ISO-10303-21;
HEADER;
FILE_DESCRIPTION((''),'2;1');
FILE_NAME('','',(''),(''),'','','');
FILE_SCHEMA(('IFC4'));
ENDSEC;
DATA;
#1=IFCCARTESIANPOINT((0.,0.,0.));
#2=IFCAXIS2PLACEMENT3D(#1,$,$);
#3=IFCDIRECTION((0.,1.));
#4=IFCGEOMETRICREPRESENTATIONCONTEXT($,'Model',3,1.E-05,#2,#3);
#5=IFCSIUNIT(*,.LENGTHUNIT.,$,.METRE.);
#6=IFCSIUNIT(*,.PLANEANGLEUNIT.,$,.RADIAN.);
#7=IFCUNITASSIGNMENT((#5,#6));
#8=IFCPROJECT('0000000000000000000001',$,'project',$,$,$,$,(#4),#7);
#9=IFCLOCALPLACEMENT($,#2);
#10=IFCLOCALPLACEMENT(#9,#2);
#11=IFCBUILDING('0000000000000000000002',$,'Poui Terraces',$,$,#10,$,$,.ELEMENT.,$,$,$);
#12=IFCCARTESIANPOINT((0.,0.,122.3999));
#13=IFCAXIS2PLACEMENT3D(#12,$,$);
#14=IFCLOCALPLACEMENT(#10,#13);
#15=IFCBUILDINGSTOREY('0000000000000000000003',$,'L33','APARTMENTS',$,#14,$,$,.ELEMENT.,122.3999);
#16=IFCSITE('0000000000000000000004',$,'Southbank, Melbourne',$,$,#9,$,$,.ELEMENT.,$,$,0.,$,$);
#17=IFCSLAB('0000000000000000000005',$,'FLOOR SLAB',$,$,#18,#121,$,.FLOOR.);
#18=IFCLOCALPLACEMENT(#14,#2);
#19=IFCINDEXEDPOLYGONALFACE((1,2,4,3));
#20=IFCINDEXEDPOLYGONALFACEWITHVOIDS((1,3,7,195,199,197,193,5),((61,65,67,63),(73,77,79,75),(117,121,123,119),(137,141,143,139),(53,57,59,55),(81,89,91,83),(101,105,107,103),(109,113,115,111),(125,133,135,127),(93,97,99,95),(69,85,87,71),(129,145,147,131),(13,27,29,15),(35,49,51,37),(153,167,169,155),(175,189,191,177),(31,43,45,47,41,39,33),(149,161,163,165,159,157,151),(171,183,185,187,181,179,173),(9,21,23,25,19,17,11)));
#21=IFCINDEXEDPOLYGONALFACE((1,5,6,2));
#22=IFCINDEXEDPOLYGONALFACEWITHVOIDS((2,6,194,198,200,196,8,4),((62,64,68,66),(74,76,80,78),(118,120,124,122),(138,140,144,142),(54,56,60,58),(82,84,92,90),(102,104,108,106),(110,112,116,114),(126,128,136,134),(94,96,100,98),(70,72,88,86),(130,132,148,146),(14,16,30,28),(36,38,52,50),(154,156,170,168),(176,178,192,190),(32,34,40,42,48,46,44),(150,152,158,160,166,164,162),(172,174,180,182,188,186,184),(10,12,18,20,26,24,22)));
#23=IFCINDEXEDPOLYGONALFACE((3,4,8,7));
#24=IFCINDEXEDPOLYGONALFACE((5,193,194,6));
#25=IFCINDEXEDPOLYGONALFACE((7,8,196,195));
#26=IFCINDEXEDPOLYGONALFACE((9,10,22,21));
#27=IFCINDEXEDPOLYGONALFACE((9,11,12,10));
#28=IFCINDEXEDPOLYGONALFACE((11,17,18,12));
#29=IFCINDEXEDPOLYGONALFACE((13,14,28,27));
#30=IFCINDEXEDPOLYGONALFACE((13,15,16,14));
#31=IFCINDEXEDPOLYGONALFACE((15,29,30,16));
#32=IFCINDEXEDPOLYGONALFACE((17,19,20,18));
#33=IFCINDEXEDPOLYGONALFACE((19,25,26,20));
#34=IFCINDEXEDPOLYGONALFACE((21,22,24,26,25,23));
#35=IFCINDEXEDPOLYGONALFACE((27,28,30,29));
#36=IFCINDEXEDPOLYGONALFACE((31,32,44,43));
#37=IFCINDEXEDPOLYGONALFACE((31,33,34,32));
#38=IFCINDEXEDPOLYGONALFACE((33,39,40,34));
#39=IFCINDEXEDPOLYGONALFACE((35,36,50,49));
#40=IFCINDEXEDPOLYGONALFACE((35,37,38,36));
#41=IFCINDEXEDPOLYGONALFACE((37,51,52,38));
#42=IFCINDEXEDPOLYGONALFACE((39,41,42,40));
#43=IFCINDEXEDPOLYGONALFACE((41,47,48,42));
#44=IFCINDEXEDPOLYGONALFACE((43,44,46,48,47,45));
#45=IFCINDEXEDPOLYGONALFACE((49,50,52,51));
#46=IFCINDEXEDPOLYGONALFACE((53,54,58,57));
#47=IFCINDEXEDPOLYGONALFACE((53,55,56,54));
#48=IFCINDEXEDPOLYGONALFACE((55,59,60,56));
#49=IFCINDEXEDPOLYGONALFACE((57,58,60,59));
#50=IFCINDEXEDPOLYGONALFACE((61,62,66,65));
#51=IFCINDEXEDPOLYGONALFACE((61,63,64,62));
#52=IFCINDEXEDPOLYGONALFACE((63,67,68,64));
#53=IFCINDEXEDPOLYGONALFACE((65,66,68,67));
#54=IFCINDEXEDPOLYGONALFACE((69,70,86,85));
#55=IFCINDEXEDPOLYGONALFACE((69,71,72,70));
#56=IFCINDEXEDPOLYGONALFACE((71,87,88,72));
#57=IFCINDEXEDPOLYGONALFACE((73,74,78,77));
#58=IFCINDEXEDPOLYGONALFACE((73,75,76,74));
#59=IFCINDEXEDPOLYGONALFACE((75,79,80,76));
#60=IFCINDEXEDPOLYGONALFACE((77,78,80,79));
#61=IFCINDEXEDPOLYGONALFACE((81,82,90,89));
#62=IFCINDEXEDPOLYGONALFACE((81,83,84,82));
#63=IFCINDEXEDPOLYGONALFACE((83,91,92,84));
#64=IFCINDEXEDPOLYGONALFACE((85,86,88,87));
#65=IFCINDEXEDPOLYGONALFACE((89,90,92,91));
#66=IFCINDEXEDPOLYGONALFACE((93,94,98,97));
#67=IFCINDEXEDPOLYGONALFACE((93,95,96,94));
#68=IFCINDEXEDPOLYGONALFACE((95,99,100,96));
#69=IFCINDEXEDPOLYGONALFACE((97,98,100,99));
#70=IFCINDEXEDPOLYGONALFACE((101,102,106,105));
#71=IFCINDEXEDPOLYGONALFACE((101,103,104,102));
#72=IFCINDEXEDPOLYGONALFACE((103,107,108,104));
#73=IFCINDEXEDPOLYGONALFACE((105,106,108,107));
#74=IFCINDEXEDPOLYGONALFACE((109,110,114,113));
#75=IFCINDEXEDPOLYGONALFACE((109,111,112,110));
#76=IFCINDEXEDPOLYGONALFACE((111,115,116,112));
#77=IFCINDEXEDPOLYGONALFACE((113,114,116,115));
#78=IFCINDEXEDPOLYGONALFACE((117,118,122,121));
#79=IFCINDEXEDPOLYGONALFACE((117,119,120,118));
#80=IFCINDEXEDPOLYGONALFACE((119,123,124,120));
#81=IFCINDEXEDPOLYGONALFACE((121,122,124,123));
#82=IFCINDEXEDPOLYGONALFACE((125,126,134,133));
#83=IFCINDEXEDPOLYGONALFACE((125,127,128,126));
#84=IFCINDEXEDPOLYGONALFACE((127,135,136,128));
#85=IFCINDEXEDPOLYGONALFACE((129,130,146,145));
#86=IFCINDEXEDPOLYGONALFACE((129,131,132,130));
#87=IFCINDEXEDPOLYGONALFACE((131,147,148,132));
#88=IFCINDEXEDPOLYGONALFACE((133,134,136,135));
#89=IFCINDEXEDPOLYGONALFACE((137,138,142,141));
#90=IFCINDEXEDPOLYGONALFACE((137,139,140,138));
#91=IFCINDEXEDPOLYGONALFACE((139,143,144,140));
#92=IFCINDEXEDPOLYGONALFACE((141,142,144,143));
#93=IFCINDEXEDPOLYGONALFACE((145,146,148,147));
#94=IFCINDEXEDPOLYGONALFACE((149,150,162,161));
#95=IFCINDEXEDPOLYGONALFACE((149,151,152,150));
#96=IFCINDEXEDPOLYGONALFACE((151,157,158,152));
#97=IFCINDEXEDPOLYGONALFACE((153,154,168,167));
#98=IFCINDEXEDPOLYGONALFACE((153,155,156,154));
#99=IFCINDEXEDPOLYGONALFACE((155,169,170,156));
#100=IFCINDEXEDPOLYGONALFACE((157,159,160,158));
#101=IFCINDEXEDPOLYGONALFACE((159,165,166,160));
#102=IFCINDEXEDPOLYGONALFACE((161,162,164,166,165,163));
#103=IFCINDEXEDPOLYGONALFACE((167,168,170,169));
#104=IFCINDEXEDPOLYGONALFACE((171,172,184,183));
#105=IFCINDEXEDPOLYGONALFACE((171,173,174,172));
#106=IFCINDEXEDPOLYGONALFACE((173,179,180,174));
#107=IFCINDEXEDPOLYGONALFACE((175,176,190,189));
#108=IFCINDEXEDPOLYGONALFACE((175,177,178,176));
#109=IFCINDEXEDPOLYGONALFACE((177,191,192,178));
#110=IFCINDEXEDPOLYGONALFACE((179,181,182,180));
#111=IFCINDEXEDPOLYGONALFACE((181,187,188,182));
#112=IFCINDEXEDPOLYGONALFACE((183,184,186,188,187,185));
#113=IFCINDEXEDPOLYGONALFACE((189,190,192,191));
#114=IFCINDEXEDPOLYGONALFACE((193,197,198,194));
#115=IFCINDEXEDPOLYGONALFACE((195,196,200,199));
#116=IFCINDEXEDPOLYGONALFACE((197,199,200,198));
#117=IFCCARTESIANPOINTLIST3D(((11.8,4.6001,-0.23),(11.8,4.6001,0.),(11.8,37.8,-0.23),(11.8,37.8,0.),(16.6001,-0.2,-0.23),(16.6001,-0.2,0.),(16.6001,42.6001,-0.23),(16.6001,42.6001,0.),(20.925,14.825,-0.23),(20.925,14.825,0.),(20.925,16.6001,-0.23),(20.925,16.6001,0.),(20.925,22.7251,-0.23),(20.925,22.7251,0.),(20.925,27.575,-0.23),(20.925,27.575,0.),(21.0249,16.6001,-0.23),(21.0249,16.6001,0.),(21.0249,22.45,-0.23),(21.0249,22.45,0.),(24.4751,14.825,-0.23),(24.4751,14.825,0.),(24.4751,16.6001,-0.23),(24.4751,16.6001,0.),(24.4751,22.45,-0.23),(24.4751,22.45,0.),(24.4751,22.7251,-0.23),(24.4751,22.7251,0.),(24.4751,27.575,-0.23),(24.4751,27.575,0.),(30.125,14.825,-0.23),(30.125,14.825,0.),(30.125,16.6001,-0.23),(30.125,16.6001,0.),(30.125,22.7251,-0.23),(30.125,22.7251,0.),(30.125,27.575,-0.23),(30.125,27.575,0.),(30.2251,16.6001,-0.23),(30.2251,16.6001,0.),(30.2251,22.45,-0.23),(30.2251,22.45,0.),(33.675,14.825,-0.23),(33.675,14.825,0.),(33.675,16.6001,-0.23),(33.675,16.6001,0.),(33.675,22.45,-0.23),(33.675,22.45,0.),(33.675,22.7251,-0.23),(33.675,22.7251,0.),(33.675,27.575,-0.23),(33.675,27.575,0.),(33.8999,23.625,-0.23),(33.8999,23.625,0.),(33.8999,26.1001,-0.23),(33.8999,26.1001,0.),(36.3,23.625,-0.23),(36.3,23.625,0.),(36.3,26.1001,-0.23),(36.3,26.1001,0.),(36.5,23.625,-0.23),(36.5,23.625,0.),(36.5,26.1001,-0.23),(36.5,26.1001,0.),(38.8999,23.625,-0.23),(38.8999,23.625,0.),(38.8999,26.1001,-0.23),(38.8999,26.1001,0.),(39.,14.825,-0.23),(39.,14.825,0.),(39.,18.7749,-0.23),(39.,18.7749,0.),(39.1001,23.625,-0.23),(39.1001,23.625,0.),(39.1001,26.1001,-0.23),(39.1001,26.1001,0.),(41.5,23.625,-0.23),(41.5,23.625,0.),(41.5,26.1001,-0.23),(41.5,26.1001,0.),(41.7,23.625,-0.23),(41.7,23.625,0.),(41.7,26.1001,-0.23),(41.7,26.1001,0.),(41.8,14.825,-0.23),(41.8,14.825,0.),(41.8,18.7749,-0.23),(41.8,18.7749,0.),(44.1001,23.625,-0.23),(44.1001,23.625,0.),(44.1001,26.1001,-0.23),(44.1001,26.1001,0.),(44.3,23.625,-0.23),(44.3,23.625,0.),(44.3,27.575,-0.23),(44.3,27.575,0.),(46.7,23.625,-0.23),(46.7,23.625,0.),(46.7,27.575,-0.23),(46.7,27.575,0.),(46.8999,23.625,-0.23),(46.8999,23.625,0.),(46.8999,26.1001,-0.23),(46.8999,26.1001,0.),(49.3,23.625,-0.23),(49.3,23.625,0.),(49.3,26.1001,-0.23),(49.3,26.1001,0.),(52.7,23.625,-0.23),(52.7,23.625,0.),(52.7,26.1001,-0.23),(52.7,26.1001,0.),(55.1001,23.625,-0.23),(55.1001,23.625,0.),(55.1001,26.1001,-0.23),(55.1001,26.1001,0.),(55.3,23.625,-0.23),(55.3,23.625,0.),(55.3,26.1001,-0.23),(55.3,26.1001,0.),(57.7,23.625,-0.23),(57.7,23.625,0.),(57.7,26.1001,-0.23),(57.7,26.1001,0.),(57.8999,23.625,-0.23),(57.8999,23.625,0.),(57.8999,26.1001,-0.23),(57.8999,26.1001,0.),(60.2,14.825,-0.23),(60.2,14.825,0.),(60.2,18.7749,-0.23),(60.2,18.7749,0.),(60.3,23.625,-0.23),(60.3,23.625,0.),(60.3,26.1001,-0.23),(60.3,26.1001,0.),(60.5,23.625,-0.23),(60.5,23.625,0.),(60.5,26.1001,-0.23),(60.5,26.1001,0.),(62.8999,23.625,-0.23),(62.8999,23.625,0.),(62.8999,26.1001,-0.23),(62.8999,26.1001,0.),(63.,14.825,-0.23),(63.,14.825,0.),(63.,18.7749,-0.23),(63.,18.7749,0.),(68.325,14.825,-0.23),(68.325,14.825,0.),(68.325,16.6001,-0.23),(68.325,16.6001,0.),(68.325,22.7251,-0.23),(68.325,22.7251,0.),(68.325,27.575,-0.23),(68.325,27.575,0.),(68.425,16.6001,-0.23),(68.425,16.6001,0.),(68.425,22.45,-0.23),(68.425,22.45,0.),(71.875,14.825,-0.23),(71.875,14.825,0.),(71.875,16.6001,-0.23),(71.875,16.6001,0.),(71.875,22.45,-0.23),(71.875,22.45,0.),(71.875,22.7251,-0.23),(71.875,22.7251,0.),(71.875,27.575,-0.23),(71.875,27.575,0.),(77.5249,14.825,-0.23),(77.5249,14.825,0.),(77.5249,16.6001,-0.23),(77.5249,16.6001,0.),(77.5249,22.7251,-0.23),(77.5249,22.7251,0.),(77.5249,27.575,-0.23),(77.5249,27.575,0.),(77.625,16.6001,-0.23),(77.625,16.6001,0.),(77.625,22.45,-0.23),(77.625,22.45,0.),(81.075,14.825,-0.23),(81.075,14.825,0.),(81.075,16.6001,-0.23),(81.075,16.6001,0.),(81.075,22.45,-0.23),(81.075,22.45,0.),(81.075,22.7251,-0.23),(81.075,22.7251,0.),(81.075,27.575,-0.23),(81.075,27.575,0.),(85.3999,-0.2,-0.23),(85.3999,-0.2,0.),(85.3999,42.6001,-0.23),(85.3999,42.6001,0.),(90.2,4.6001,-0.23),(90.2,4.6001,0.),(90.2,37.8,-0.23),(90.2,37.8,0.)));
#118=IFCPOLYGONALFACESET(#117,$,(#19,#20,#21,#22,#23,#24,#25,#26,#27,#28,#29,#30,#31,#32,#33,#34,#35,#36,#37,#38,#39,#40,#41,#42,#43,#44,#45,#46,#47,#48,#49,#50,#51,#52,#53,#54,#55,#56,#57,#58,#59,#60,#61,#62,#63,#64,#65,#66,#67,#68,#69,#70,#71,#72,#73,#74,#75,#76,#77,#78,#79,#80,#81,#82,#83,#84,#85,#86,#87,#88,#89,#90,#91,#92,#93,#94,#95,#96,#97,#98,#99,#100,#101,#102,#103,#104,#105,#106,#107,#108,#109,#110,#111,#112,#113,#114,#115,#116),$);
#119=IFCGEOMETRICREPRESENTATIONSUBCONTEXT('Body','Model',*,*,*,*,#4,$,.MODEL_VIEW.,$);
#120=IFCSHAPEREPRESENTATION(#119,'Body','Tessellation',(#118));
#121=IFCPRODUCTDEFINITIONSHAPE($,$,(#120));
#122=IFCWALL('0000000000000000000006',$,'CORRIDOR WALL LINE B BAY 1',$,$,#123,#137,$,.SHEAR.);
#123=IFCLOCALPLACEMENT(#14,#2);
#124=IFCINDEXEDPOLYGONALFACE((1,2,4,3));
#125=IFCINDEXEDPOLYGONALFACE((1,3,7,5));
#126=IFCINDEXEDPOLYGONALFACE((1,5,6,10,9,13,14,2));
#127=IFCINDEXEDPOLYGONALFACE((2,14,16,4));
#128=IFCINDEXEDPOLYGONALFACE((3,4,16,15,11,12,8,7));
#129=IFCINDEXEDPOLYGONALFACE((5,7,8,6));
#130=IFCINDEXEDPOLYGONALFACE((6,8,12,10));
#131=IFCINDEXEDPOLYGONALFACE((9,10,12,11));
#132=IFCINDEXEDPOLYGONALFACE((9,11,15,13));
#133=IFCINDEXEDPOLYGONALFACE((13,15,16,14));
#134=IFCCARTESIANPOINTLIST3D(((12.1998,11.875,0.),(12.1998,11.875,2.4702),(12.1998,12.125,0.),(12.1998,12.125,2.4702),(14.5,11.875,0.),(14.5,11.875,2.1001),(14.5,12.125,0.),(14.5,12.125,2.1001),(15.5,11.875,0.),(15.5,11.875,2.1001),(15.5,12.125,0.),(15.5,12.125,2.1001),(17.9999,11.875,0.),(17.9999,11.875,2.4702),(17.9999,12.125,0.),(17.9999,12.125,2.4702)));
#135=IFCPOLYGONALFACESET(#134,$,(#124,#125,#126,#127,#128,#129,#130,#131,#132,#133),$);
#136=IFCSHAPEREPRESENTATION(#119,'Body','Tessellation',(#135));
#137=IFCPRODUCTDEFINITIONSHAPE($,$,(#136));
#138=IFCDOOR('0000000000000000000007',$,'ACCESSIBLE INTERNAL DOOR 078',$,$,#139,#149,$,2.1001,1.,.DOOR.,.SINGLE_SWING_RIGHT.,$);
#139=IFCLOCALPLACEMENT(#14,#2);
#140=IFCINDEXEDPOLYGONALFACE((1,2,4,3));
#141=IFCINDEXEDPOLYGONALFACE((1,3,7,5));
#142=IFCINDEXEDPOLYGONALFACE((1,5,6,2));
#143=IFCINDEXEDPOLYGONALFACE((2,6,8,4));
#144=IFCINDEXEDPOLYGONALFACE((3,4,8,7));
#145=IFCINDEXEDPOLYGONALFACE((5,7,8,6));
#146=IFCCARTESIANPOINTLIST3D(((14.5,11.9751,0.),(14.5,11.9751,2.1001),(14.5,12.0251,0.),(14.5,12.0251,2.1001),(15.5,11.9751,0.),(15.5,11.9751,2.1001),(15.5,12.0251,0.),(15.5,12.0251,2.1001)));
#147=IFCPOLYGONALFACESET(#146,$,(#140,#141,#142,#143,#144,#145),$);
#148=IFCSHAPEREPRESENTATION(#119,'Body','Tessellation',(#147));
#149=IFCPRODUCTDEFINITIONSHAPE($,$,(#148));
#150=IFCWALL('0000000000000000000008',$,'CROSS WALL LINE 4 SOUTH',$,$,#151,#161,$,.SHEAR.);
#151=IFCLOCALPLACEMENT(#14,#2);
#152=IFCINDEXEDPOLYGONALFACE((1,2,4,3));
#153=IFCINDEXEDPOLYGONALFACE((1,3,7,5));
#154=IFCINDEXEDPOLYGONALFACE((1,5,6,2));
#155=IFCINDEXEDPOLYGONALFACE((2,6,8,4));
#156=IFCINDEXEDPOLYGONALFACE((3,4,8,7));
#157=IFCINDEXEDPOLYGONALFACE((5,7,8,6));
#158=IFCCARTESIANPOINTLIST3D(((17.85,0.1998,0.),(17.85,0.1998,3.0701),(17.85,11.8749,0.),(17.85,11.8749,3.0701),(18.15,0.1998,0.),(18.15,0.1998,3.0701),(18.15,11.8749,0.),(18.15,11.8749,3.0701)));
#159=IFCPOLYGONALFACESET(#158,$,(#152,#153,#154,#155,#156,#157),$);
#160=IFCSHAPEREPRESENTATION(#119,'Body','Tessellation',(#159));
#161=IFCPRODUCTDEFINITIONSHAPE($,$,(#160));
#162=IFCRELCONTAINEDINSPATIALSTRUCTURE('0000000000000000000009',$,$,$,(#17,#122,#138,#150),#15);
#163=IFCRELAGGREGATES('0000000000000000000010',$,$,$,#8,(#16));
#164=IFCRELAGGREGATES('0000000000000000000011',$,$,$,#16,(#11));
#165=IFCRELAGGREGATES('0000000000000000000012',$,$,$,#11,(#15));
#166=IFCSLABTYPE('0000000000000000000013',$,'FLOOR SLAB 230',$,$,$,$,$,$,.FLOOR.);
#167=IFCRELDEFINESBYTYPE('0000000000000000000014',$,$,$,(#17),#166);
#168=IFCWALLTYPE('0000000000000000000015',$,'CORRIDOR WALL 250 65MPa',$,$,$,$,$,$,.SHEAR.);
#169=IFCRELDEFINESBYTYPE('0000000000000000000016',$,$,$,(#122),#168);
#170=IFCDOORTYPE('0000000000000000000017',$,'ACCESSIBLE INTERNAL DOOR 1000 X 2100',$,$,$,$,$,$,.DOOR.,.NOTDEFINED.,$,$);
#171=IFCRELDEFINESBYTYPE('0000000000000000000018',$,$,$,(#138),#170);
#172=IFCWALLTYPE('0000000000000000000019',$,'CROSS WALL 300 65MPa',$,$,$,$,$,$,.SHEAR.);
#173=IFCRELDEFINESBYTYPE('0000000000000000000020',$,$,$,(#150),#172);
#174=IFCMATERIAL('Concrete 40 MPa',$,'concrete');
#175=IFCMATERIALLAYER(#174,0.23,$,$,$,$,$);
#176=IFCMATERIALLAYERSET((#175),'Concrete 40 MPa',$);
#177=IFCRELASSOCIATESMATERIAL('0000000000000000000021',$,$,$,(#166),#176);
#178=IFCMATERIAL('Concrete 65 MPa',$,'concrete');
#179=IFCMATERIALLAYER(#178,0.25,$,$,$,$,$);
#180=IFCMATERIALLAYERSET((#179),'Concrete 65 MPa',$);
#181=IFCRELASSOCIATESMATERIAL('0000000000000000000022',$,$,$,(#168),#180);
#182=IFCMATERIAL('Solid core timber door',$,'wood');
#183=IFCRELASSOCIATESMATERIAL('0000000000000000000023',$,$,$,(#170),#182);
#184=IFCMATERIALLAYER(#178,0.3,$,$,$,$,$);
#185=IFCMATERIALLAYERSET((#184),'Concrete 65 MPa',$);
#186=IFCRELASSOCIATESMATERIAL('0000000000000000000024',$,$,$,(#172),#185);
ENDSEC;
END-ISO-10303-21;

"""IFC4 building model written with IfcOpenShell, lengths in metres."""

from ifc_helpers import new_model, si_unit, direction, frame, frame_2d, origin, place, context, subcontext, project, spatial, polyline, rectangle, outline, extrude, source, transform, mapped, material, layer, layer_set, type_object, element, fill, save


model = new_model("IFC4")

# Units and contexts
model_context = context("Model", 3, precision=1e-05, world=origin(), true_north=direction((0.0, 1.0)))
body_context = subcontext(model_context, "Body", "Model", "MODEL_VIEW")
ifc_project = project(units=[si_unit("LENGTHUNIT", "METRE"), si_unit("PLANEANGLEUNIT", "RADIAN")], contexts=[model_context])

# Site, building, storey
site_placement = place(None, origin())
site = spatial("IfcSite", under=ifc_project, at=site_placement, Name="Southbank, Melbourne", CompositionType="ELEMENT", RefElevation=0.0)
building_placement = place(site_placement, origin())
building = spatial("IfcBuilding", under=site, at=building_placement, Name="Poui Terraces", CompositionType="ELEMENT")
storey_placement = place(building_placement, frame((0.0, 0.0, 122.3999)))
storey = spatial("IfcBuildingStorey", under=building, at=storey_placement, Name="L33", Description="APARTMENTS", CompositionType="ELEMENT", Elevation=122.3999)

# Shared definitions
ifc_material_1 = material(Name="Concrete 65 MPa", Category="concrete")

# Slab
ifc_material_2 = material(Name="Concrete 40 MPa", Category="concrete")
ifc_layer_1 = layer(ifc_material_2, 0.23)
ifc_layer_set_1 = layer_set([ifc_layer_1], Name="Concrete 40 MPa")
slab_type_1 = type_object("IfcSlabType", Name="FLOOR SLAB 230", PredefinedType="FLOOR", material=ifc_layer_set_1)
shared_shape_1 = source(origin(), body_context, "Body", "SweptSolid", [
    extrude(outline(polyline([(0.0, 0.0), (4.8, -4.8), (73.5999, -4.8), (78.3999, 0.0), (78.3999, 33.2), (73.5999, 38.0), (4.8, 38.0), (0.0, 33.2), (0.0, 0.0)]), holes=[polyline([(27.2, 10.2249), (27.2, 14.1748), (30.0, 14.1748), (30.0, 10.2249), (27.2, 10.2249)]), polyline([(9.2249, 17.8499), (12.675, 17.8499), (12.675, 12.0), (12.675, 10.2249), (9.125, 10.2249), (9.125, 12.0), (9.2249, 12.0), (9.2249, 17.8499)]), polyline([(18.425, 17.8499), (21.875, 17.8499), (21.875, 12.0), (21.875, 10.2249), (18.325, 10.2249), (18.325, 12.0), (18.425, 12.0), (18.425, 17.8499)]), polyline([(22.0999, 21.5), (24.5, 21.5), (24.5, 19.0249), (22.0999, 19.0249), (22.0999, 21.5)]), polyline([(24.7, 21.5), (27.0999, 21.5), (27.0999, 19.0249), (24.7, 19.0249), (24.7, 21.5)]), polyline([(27.3, 19.0249), (27.3, 21.5), (29.7, 21.5), (29.7, 19.0249), (27.3, 19.0249)]), polyline([(29.8999, 19.0249), (29.8999, 21.5), (32.3, 21.5), (32.3, 19.0249), (29.8999, 19.0249)]), polyline([(9.125, 18.125), (9.125, 22.9749), (12.675, 22.9749), (12.675, 18.125), (9.125, 18.125)]), polyline([(18.325, 22.9749), (21.875, 22.9749), (21.875, 18.125), (18.325, 18.125), (18.325, 22.9749)]), polyline([(32.5, 22.9749), (34.8999, 22.9749), (34.8999, 19.0249), (32.5, 19.0249), (32.5, 22.9749)]), polyline([(48.3999, 10.2249), (48.3999, 14.1748), (51.2, 14.1748), (51.2, 10.2249), (48.3999, 10.2249)]), polyline([(56.625, 17.8499), (60.075, 17.8499), (60.075, 12.0), (60.075, 10.2249), (56.5249, 10.2249), (56.5249, 12.0), (56.625, 12.0), (56.625, 17.8499)]), polyline([(65.825, 17.8499), (69.2749, 17.8499), (69.2749, 12.0), (69.2749, 10.2249), (65.7249, 10.2249), (65.7249, 12.0), (65.825, 12.0), (65.825, 17.8499)]), polyline([(35.0999, 21.5), (37.5, 21.5), (37.5, 19.0249), (35.0999, 19.0249), (35.0999, 21.5)]), polyline([(40.8999, 21.5), (43.3, 21.5), (43.3, 19.0249), (40.8999, 19.0249), (40.8999, 21.5)]), polyline([(43.5, 19.0249), (43.5, 21.5), (45.8999, 21.5), (45.8999, 19.0249), (43.5, 19.0249)]), polyline([(46.0999, 19.0249), (46.0999, 21.5), (48.5, 21.5), (48.5, 19.0249), (46.0999, 19.0249)]), polyline([(48.7, 19.0249), (48.7, 21.5), (51.0999, 21.5), (51.0999, 19.0249), (48.7, 19.0249)]), polyline([(56.5249, 22.9749), (60.075, 22.9749), (60.075, 18.125), (56.5249, 18.125), (56.5249, 22.9749)]), polyline([(65.7249, 22.9749), (69.2749, 22.9749), (69.2749, 18.125), (65.7249, 18.125), (65.7249, 22.9749)])]), origin(), (0.0, 0.0, 1.0), 0.23),
])
slab_1_placement = place(storey_placement, frame((11.8, 4.6001, -0.23)))
element("IfcSlab", 1, at=slab_1_placement, inside=storey, type_object=slab_type_1, Name="FLOOR SLAB", PredefinedType="FLOOR", context=body_context, shape_type="MappedRepresentation", body=[
    mapped(shared_shape_1, transform((0.0, 0.0, 0.0))),
])

# Wall, opening, door
ifc_layer_2 = layer(ifc_material_1, 0.25)
ifc_layer_set_2 = layer_set([ifc_layer_2], Name="Concrete 65 MPa")
wall_type_1 = type_object("IfcWallType", Name="CORRIDOR WALL 250 65MPa", PredefinedType="SHEAR", material=ifc_layer_set_2)
wall_1_placement = place(storey_placement, frame((12.2, 12.0, 0.0), z_axis=(0.0, 0.0, 1.0), x_axis=(1.0, 0.0, 0.0)))
wall_1 = element("IfcWall", 2, at=wall_1_placement, inside=storey, type_object=wall_type_1, Name="CORRIDOR WALL LINE B BAY 1", PredefinedType="SHEAR", context=body_context, shape_type="SweptSolid", body=[
    extrude(rectangle(XDim=5.8, YDim=0.25, at=frame_2d((2.8999, 0.0))), origin(), (0.0, 0.0, 1.0), 2.4702),
])
opening_1_placement = place(wall_1_placement, frame((2.3, 0.0, 0.0)))
opening_1 = element("IfcOpeningElement", 3, at=opening_1_placement, cuts=wall_1, PredefinedType="OPENING", context=body_context, shape_type="SweptSolid", body=[
    extrude(rectangle(XDim=1.0, YDim=2.1001, at=frame_2d((0.5, 1.05))), frame((0.0, 0.135, 0.0), z_axis=(0.0, -1.0, 0.0), x_axis=(1.0, 0.0, 0.0)), (0.0, 0.0, 1.0), 0.27),
])
ifc_material_3 = material(Name="Solid core timber door", Category="wood")
door_type = type_object("IfcDoorType", Name="ACCESSIBLE INTERNAL DOOR 1000 X 2100", OperationType="NOTDEFINED", PredefinedType="DOOR", material=ifc_material_3)
door_placement = place(opening_1_placement, frame((1.0, 0.0, 0.0), z_axis=(0.0, 0.0, 1.0), x_axis=(-1.0, 0.0, 0.0)))
door = element("IfcDoor", 4, at=door_placement, inside=storey, type_object=door_type, Name="ACCESSIBLE INTERNAL DOOR 078", OperationType="SINGLE_SWING_RIGHT", OverallHeight=2.1001, OverallWidth=1.0, PredefinedType="DOOR", context=body_context, shape_type="SweptSolid", body=[
    extrude(rectangle(XDim=1.0, YDim=2.1001, at=frame_2d((0.5, 1.05))), frame((0.0, 0.0249, 0.0), z_axis=(0.0, -1.0, 0.0), x_axis=(1.0, 0.0, 0.0)), (0.0, 0.0, 1.0), 0.05),
])
fill(opening_1, door)

# Wall
ifc_layer_3 = layer(ifc_material_1, 0.3)
ifc_layer_set_3 = layer_set([ifc_layer_3], Name="Concrete 65 MPa")
wall_type_2 = type_object("IfcWallType", Name="CROSS WALL 300 65MPa", PredefinedType="SHEAR", material=ifc_layer_set_3)
wall_2_placement = place(storey_placement, frame((18.0, 0.2, 0.0), z_axis=(0.0, 0.0, 1.0), x_axis=(0.0, 1.0, 0.0)))
element("IfcWall", 5, at=wall_2_placement, inside=storey, type_object=wall_type_2, Name="CROSS WALL LINE 4 SOUTH", PredefinedType="SHEAR", context=body_context, shape_type="SweptSolid", body=[
    extrude(rectangle(XDim=11.675, YDim=0.3, at=frame_2d((5.8374, 0.0))), origin(), (0.0, 0.0, 1.0), 3.0701),
])

save(model, "model.ifc")
